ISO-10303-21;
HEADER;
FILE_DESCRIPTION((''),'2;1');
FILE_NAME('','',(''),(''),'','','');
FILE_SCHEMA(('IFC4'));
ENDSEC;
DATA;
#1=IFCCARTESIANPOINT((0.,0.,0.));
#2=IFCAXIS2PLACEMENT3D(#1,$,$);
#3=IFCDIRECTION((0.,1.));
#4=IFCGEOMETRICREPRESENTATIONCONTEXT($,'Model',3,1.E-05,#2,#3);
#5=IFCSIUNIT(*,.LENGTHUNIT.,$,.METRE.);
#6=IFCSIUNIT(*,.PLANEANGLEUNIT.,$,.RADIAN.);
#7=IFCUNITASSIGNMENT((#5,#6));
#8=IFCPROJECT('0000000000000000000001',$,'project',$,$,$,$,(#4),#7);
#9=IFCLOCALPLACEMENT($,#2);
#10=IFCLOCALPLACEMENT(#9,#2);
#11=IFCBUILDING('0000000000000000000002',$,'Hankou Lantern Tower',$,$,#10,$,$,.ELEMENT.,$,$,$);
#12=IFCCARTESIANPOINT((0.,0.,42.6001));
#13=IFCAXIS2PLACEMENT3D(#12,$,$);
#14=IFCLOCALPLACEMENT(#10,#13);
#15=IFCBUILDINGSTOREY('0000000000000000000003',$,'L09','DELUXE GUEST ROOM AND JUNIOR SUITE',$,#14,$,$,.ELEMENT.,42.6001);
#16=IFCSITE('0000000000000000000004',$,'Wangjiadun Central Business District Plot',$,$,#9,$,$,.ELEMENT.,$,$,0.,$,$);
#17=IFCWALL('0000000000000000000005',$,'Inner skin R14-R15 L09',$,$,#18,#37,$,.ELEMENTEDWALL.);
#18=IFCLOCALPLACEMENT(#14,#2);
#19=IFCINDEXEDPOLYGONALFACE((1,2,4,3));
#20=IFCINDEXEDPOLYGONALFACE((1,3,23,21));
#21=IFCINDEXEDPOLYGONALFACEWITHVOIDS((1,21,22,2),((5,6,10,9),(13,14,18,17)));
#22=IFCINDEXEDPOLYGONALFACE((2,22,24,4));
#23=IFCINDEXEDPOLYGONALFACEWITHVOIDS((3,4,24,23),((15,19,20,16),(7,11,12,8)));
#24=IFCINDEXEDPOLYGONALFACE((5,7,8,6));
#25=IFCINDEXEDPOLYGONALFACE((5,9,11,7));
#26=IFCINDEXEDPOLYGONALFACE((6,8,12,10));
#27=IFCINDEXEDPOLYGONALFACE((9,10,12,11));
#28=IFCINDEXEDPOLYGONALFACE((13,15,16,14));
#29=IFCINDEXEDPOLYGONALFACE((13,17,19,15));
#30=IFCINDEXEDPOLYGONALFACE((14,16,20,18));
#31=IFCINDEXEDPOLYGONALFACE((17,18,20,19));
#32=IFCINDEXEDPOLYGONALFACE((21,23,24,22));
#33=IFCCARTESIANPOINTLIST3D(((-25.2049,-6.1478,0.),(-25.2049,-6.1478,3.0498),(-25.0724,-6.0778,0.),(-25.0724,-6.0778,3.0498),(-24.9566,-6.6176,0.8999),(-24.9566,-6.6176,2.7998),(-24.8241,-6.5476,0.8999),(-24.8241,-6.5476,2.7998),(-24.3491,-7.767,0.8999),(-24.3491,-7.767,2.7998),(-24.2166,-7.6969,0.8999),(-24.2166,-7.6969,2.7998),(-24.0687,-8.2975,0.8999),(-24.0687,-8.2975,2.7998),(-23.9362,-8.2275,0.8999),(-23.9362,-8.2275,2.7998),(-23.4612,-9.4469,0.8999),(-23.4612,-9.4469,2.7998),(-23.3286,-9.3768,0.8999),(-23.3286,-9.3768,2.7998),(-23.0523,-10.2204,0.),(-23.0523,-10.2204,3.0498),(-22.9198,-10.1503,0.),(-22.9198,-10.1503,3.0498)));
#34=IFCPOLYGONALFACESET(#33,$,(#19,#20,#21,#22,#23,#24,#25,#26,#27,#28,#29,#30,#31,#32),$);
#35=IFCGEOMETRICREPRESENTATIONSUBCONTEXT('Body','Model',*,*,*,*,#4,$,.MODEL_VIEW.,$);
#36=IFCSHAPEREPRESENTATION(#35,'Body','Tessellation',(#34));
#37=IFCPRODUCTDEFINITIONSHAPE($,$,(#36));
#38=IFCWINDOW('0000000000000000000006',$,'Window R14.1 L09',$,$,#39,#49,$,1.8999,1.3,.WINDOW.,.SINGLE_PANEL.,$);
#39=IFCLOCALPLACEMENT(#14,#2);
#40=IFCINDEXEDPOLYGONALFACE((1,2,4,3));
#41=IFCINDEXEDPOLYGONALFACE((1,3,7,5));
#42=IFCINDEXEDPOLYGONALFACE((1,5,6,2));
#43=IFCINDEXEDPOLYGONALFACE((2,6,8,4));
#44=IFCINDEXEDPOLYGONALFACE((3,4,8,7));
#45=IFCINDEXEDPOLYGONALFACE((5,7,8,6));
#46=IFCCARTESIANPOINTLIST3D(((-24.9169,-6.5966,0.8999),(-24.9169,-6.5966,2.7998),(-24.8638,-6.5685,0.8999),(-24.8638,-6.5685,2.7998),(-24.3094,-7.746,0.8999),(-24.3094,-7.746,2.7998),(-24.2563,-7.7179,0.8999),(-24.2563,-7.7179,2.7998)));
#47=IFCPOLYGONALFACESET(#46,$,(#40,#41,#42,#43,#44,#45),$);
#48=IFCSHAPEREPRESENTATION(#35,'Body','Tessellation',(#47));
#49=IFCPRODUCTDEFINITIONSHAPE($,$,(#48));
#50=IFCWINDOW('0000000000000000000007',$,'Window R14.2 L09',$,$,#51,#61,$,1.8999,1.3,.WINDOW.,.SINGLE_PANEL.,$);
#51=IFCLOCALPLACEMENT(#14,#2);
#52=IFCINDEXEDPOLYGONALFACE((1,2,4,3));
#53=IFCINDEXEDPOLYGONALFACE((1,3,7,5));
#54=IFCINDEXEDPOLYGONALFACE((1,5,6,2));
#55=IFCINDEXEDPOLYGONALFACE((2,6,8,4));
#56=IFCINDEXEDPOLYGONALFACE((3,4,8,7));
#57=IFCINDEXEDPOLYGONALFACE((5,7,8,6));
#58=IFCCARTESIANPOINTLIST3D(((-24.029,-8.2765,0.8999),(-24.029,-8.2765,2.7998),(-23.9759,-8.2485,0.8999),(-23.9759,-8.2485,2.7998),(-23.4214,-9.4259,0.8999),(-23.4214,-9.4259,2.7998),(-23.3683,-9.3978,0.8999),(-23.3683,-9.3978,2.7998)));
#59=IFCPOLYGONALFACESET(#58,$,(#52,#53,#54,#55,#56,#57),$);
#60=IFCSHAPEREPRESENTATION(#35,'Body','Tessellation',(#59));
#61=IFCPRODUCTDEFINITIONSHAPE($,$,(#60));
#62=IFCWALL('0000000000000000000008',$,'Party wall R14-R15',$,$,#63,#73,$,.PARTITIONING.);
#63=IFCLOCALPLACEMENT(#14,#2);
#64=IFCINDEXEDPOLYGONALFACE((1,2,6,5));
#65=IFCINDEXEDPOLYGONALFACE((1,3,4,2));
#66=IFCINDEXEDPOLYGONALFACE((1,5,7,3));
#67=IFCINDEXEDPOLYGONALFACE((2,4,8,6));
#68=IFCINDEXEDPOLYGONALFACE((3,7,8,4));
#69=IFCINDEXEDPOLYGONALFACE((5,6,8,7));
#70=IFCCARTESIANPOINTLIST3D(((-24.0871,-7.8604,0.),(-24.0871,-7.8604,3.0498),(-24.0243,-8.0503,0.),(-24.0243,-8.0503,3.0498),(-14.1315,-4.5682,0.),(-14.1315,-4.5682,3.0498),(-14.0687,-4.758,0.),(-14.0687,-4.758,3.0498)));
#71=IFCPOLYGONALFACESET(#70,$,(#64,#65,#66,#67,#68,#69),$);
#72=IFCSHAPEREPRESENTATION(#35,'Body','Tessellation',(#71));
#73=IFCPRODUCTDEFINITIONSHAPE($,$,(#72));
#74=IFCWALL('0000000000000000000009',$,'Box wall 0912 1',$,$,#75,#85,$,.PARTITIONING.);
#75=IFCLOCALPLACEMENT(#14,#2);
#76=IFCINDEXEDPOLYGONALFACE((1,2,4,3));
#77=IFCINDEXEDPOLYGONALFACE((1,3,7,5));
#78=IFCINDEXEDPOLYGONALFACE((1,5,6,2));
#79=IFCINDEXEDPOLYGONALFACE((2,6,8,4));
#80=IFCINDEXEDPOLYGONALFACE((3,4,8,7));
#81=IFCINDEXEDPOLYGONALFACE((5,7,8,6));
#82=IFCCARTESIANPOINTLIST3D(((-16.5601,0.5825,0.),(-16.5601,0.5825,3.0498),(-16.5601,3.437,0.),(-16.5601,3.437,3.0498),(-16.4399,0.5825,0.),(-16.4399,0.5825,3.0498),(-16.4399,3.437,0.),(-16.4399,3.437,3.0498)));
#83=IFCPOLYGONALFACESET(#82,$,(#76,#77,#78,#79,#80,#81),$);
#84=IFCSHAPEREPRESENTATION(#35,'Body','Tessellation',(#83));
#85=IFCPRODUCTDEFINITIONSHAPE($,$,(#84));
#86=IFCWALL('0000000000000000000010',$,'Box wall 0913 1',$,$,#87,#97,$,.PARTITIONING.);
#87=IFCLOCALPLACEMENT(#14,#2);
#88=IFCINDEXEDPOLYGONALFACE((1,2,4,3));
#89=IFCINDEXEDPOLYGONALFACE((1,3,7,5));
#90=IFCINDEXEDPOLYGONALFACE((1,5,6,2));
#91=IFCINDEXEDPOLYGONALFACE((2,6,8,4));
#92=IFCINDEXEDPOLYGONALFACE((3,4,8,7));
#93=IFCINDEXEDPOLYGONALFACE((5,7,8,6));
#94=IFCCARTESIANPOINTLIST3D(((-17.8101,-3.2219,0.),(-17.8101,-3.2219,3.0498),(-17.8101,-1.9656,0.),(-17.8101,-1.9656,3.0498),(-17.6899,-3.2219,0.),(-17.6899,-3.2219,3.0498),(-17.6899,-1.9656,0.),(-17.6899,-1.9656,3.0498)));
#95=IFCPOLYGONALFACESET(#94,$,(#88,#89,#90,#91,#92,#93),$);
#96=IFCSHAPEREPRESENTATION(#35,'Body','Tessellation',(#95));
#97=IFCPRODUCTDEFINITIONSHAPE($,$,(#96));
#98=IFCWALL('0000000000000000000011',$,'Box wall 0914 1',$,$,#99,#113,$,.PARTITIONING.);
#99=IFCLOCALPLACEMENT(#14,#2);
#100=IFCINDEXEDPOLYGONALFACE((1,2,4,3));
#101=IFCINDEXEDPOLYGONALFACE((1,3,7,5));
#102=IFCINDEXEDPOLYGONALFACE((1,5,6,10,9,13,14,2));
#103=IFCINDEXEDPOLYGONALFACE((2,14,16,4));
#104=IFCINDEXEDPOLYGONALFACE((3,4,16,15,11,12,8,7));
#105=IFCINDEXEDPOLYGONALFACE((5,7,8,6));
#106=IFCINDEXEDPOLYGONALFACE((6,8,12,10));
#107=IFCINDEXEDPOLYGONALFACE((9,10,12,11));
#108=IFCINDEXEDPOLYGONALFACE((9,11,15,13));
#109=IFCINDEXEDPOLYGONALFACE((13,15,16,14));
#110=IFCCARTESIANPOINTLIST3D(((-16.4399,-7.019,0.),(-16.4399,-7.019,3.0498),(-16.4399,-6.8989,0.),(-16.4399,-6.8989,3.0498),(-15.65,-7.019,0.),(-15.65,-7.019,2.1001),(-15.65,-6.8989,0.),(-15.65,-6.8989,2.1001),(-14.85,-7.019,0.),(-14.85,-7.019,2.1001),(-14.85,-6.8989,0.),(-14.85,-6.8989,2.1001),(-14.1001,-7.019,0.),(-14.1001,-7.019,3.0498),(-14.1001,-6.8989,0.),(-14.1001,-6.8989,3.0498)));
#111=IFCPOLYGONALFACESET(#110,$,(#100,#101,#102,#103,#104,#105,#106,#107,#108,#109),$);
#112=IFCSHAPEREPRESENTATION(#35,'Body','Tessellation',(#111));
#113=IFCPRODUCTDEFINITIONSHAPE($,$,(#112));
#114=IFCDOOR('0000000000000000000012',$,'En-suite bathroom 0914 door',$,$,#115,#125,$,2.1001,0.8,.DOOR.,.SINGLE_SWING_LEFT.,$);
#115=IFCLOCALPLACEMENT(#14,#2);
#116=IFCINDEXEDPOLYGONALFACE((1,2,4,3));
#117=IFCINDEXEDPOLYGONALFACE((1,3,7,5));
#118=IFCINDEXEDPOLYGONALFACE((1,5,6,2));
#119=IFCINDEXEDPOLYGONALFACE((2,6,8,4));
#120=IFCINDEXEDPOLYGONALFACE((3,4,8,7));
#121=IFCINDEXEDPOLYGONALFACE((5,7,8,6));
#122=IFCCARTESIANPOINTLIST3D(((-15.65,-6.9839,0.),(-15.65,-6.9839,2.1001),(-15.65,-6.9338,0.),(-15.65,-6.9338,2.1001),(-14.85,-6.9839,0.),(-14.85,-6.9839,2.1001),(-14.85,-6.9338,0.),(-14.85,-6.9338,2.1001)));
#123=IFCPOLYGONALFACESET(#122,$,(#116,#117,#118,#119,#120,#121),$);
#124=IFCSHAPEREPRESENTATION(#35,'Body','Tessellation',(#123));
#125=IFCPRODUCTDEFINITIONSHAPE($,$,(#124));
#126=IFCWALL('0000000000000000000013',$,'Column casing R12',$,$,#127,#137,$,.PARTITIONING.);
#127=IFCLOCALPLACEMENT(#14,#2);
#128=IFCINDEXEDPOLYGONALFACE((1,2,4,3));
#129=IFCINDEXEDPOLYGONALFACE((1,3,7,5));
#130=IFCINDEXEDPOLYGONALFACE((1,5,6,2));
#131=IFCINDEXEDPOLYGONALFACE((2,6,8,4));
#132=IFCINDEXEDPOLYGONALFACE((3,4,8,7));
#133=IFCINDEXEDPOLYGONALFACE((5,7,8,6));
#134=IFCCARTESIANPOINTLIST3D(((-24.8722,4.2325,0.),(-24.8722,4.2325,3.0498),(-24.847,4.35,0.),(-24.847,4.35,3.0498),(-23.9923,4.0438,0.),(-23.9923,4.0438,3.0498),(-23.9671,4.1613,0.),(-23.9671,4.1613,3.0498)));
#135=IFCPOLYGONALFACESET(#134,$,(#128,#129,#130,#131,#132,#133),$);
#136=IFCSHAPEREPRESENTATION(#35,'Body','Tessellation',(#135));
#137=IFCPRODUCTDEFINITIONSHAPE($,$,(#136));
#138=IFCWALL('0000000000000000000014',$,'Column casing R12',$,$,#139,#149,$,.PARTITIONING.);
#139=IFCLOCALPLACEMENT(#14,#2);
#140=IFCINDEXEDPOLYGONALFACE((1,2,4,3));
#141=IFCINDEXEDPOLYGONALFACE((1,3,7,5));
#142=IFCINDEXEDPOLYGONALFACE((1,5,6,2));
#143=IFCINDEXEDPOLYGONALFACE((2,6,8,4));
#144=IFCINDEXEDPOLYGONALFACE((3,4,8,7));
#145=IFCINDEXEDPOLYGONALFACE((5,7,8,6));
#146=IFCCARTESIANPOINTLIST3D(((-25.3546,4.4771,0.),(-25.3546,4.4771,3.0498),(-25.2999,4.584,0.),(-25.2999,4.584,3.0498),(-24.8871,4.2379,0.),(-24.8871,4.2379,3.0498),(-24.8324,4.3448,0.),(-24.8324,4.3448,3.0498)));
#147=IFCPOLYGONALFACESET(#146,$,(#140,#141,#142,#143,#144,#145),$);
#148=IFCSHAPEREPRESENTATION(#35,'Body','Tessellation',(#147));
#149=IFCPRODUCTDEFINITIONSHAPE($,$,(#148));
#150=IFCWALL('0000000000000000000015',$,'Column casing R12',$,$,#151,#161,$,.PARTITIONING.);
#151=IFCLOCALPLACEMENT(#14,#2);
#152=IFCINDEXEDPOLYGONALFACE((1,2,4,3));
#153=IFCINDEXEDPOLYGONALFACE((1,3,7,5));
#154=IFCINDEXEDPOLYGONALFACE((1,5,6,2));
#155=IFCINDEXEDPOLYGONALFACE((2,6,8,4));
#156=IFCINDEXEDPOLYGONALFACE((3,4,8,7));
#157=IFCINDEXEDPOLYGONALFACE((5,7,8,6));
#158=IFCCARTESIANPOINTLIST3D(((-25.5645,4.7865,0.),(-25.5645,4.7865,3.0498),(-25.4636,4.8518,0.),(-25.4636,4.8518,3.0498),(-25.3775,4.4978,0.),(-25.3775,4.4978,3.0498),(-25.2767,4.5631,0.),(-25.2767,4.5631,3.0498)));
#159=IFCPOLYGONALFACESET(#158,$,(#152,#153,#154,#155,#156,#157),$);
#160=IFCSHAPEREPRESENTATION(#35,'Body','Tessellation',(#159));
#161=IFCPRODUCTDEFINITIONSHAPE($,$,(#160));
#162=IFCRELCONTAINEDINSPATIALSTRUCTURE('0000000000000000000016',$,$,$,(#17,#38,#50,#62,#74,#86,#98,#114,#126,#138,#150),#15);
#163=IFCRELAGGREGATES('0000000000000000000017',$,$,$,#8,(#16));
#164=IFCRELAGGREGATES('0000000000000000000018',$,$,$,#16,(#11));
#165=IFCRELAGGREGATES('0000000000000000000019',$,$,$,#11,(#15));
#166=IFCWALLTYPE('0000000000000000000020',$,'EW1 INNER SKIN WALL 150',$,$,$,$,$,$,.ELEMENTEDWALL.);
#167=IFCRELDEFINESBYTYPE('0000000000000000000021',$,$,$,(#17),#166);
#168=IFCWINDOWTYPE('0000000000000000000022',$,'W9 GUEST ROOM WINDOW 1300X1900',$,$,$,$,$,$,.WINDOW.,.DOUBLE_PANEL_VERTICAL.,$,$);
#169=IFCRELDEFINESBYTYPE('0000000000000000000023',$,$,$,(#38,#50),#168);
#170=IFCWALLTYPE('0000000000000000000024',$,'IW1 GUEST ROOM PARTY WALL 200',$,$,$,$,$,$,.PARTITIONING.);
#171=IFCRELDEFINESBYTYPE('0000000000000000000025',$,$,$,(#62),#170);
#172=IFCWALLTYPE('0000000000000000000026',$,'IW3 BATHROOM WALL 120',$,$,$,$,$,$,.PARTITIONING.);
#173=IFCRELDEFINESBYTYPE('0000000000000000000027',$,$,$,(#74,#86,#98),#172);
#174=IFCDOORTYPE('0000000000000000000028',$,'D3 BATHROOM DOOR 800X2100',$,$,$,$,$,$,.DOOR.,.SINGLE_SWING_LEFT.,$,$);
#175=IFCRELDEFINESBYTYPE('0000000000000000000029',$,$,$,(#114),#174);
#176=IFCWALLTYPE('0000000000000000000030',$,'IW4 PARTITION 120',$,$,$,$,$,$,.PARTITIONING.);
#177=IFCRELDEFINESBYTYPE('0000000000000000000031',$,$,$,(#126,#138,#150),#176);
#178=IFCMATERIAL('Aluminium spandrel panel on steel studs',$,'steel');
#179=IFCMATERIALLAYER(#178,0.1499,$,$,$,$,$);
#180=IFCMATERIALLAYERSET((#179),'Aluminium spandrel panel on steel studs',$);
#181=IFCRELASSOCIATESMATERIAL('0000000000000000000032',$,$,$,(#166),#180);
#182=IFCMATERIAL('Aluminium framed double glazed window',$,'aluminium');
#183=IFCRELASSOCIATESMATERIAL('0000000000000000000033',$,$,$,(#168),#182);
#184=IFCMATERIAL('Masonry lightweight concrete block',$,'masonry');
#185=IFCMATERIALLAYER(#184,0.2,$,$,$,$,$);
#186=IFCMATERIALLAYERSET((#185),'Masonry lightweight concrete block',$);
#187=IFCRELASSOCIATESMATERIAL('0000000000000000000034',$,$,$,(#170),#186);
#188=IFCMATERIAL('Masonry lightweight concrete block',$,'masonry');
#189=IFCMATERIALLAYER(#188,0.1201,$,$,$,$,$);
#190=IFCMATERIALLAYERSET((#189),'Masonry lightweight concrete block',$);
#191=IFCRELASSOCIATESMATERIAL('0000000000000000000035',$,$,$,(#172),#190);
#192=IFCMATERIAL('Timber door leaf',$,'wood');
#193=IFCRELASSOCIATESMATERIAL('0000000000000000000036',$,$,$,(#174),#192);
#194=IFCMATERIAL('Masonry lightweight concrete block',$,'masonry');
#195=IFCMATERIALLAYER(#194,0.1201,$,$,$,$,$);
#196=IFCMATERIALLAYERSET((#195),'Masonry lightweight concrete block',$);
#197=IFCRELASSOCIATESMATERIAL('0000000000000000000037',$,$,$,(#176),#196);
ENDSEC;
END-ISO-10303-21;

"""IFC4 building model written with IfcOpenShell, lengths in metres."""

from ifc_helpers import new_model, si_unit, direction, frame, frame_2d, origin, place, context, subcontext, project, spatial, rectangle, extrude, material, layer, layer_set, type_object, element, fill, save


model = new_model("IFC4")

# Units and contexts
model_context = context("Model", 3, precision=1e-05, world=origin(), true_north=direction((0.0, 1.0)))
body_context = subcontext(model_context, "Body", "Model", "MODEL_VIEW")
ifc_project = project(units=[si_unit("LENGTHUNIT", "METRE"), si_unit("PLANEANGLEUNIT", "RADIAN")], contexts=[model_context])

# Site, building, storey
site_placement = place(None, origin())
site = spatial("IfcSite", under=ifc_project, at=site_placement, Name="Wangjiadun Central Business District Plot", CompositionType="ELEMENT", RefElevation=0.0)
building_placement = place(site_placement, origin())
building = spatial("IfcBuilding", under=site, at=building_placement, Name="Hankou Lantern Tower", CompositionType="ELEMENT")
storey_placement = place(building_placement, frame((0.0, 0.0, 42.6001)))
storey = spatial("IfcBuildingStorey", under=building, at=storey_placement, Name="L09", Description="DELUXE GUEST ROOM AND JUNIOR SUITE", CompositionType="ELEMENT", Elevation=42.6001)

# Wall, openings, windows
ifc_material_1 = material(Name="Aluminium spandrel panel on steel studs", Category="steel")
ifc_layer_1 = layer(ifc_material_1, 0.1499)
ifc_layer_set_1 = layer_set([ifc_layer_1], Name="Aluminium spandrel panel on steel studs")
wall_type_1 = type_object("IfcWallType", Name="EW1 INNER SKIN WALL 150", PredefinedType="ELEMENTEDWALL", material=ifc_layer_set_1)
ifc_material_2 = material(Name="Aluminium framed double glazed window", Category="aluminium")
window_type = type_object("IfcWindowType", Name="W9 GUEST ROOM WINDOW 1300X1900", PartitioningType="DOUBLE_PANEL_VERTICAL", PredefinedType="WINDOW", material=ifc_material_2)
wall_1_placement = place(storey_placement, frame((-25.1387, -6.1128, 0.0), z_axis=(0.0, 0.0, 1.0), x_axis=(0.467303, -0.884097, 0.0)))
wall_1 = element("IfcWall", 1, at=wall_1_placement, inside=storey, type_object=wall_type_1, Name="Inner skin R14-R15 L09", PredefinedType="ELEMENTEDWALL", context=body_context, shape_type="SweptSolid", body=[
    extrude(rectangle(XDim=4.6064, YDim=0.1499, at=frame_2d((2.3032, 0.0))), origin(), (0.0, 0.0, 1.0), 3.0498),
])
opening_1_placement = place(wall_1_placement, frame((0.5315, 0.0, 0.8999)))
opening_1 = element("IfcOpeningElement", 2, at=opening_1_placement, cuts=wall_1, PredefinedType="OPENING", context=body_context, shape_type="SweptSolid", body=[
    extrude(rectangle(XDim=1.3, YDim=1.8999, at=frame_2d((0.6499, 0.95))), frame((0.0, 0.085, 0.0), z_axis=(0.0, -1.0, 0.0), x_axis=(1.0, 0.0, 0.0)), (0.0, 0.0, 1.0), 0.1699),
])
opening_2_placement = place(wall_1_placement, frame((2.4316, 0.0, 0.8999)))
opening_2 = element("IfcOpeningElement", 3, at=opening_2_placement, cuts=wall_1, PredefinedType="OPENING", context=body_context, shape_type="SweptSolid", body=[
    extrude(rectangle(XDim=1.3, YDim=1.8999, at=frame_2d((0.6499, 0.95))), frame((0.0, 0.085, 0.0), z_axis=(0.0, -1.0, 0.0), x_axis=(1.0, 0.0, 0.0)), (0.0, 0.0, 1.0), 0.1699),
])
window_1_placement = place(opening_1_placement, origin())
window_1 = element("IfcWindow", 4, at=window_1_placement, inside=storey, type_object=window_type, Name="Window R14.1 L09", OverallHeight=1.8999, OverallWidth=1.3, PartitioningType="SINGLE_PANEL", PredefinedType="WINDOW", context=body_context, shape_type="SweptSolid", body=[
    extrude(rectangle(XDim=1.3, YDim=1.8999, at=frame_2d((0.6499, 0.95))), frame((0.0, 0.03, 0.0), z_axis=(0.0, -1.0, 0.0), x_axis=(1.0, 0.0, 0.0)), (0.0, 0.0, 1.0), 0.0601),
])
fill(opening_1, window_1)
window_2_placement = place(opening_2_placement, origin())
window_2 = element("IfcWindow", 5, at=window_2_placement, inside=storey, type_object=window_type, Name="Window R14.2 L09", OverallHeight=1.8999, OverallWidth=1.3, PartitioningType="SINGLE_PANEL", PredefinedType="WINDOW", context=body_context, shape_type="SweptSolid", body=[
    extrude(rectangle(XDim=1.3, YDim=1.8999, at=frame_2d((0.6499, 0.95))), frame((0.0, 0.03, 0.0), z_axis=(0.0, -1.0, 0.0), x_axis=(1.0, 0.0, 0.0)), (0.0, 0.0, 1.0), 0.0601),
])
fill(opening_2, window_2)

# Walls
ifc_material_3 = material(Name="Masonry lightweight concrete block", Category="masonry")
ifc_layer_2 = layer(ifc_material_3, 0.2)
ifc_layer_set_2 = layer_set([ifc_layer_2], Name="Masonry lightweight concrete block")
wall_type_2 = type_object("IfcWallType", Name="IW1 GUEST ROOM PARTY WALL 200", PredefinedType="PARTITIONING", material=ifc_layer_set_2)
wall_2_placement = place(storey_placement, frame((-14.1001, -4.6631, 0.0), z_axis=(0.0, 0.0, 1.0), x_axis=(-0.949433, -0.313971, 0.0)))
element("IfcWall", 6, at=wall_2_placement, inside=storey, type_object=wall_type_2, Name="Party wall R14-R15", PredefinedType="PARTITIONING", context=body_context, shape_type="SweptSolid", body=[
    extrude(rectangle(XDim=10.4858, YDim=0.2, at=frame_2d((5.2429, 0.0))), origin(), (0.0, 0.0, 1.0), 3.0498),
])
ifc_material_4 = material(Name="Masonry lightweight concrete block", Category="masonry")
ifc_layer_3 = layer(ifc_material_4, 0.1201)
ifc_layer_set_3 = layer_set([ifc_layer_3], Name="Masonry lightweight concrete block")
wall_type_3 = type_object("IfcWallType", Name="IW3 BATHROOM WALL 120", PredefinedType="PARTITIONING", material=ifc_layer_set_3)
wall_3_placement = place(storey_placement, frame((-16.5, 3.437, 0.0), z_axis=(0.0, 0.0, 1.0), x_axis=(0.0, -1.0, 0.0)))
element("IfcWall", 7, at=wall_3_placement, inside=storey, type_object=wall_type_3, Name="Box wall 0912 1", PredefinedType="PARTITIONING", context=body_context, shape_type="SweptSolid", body=[
    extrude(rectangle(XDim=2.8545, YDim=0.1201, at=frame_2d((1.4272, 0.0))), origin(), (0.0, 0.0, 1.0), 3.0498),
])
wall_4_placement = place(storey_placement, frame((-17.75, -1.9656, 0.0), z_axis=(0.0, 0.0, 1.0), x_axis=(0.0, -1.0, 0.0)))
element("IfcWall", 8, at=wall_4_placement, inside=storey, type_object=wall_type_3, Name="Box wall 0913 1", PredefinedType="PARTITIONING", context=body_context, shape_type="SweptSolid", body=[
    extrude(rectangle(XDim=1.2563, YDim=0.1201, at=frame_2d((0.6282, 0.0))), origin(), (0.0, 0.0, 1.0), 3.0498),
])

# Wall, opening, door
wall_5_placement = place(storey_placement, frame((-14.1001, -6.959, 0.0), z_axis=(0.0, 0.0, 1.0), x_axis=(-1.0, 0.0, 0.0)))
wall_5 = element("IfcWall", 9, at=wall_5_placement, inside=storey, type_object=wall_type_3, Name="Box wall 0914 1", PredefinedType="PARTITIONING", context=body_context, shape_type="SweptSolid", body=[
    extrude(rectangle(XDim=2.3398, YDim=0.1201, at=frame_2d((1.1699, 0.0))), origin(), (0.0, 0.0, 1.0), 3.0498),
])
opening_3_placement = place(wall_5_placement, frame((0.75, 0.0, 0.0)))
opening_3 = element("IfcOpeningElement", 10, at=opening_3_placement, cuts=wall_5, PredefinedType="OPENING", context=body_context, shape_type="SweptSolid", body=[
    extrude(rectangle(XDim=0.8, YDim=2.1001, at=frame_2d((0.3999, 1.05))), frame((0.0, 0.0701, 0.0), z_axis=(0.0, -1.0, 0.0), x_axis=(1.0, 0.0, 0.0)), (0.0, 0.0, 1.0), 0.1401),
])
ifc_material_5 = material(Name="Timber door leaf", Category="wood")
door_type = type_object("IfcDoorType", Name="D3 BATHROOM DOOR 800X2100", OperationType="SINGLE_SWING_LEFT", PredefinedType="DOOR", material=ifc_material_5)
door_placement = place(opening_3_placement, origin())
door = element("IfcDoor", 11, at=door_placement, inside=storey, type_object=door_type, Name="En-suite bathroom 0914 door", OperationType="SINGLE_SWING_LEFT", OverallHeight=2.1001, OverallWidth=0.8, PredefinedType="DOOR", context=body_context, shape_type="SweptSolid", body=[
    extrude(rectangle(XDim=0.8, YDim=2.1001, at=frame_2d((0.3999, 1.05))), frame((0.0, 0.0249, 0.0), z_axis=(0.0, -1.0, 0.0), x_axis=(1.0, 0.0, 0.0)), (0.0, 0.0, 1.0), 0.05),
])
fill(opening_3, door)

# Walls
ifc_material_6 = material(Name="Masonry lightweight concrete block", Category="masonry")
ifc_layer_4 = layer(ifc_material_6, 0.1201)
ifc_layer_set_4 = layer_set([ifc_layer_4], Name="Masonry lightweight concrete block")
wall_type_4 = type_object("IfcWallType", Name="IW4 PARTITION 120", PredefinedType="PARTITIONING", material=ifc_layer_set_4)
wall_6_placement = place(storey_placement, frame((-23.9797, 4.1025, 0.0), z_axis=(0.0, 0.0, 1.0), x_axis=(-0.977763, 0.209714, 0.0)))
element("IfcWall", 12, at=wall_6_placement, inside=storey, type_object=wall_type_4, Name="Column casing R12", PredefinedType="PARTITIONING", context=body_context, shape_type="SweptSolid", body=[
    extrude(rectangle(XDim=0.8999, YDim=0.1201, at=frame_2d((0.45, 0.0))), origin(), (0.0, 0.0, 1.0), 3.0498),
])
wall_7_placement = place(storey_placement, frame((-24.8596, 4.2913, 0.0), z_axis=(0.0, 0.0, 1.0), x_axis=(-0.890204, 0.455561, 0.0)))
element("IfcWall", 13, at=wall_7_placement, inside=storey, type_object=wall_type_4, Name="Column casing R12", PredefinedType="PARTITIONING", context=body_context, shape_type="SweptSolid", body=[
    extrude(rectangle(XDim=0.5251, YDim=0.1201, at=frame_2d((0.2627, 0.0))), origin(), (0.0, 0.0, 1.0), 3.0498),
])
wall_8_placement = place(storey_placement, frame((-25.3271, 4.5305, 0.0), z_axis=(0.0, 0.0, 1.0), x_axis=(-0.543516, 0.839399, 0.0)))
element("IfcWall", 14, at=wall_8_placement, inside=storey, type_object=wall_type_4, Name="Column casing R12", PredefinedType="PARTITIONING", context=body_context, shape_type="SweptSolid", body=[
    extrude(rectangle(XDim=0.344, YDim=0.1201, at=frame_2d((0.1719, 0.0))), origin(), (0.0, 0.0, 1.0), 3.0498),
])

save(model, "model.ifc")
